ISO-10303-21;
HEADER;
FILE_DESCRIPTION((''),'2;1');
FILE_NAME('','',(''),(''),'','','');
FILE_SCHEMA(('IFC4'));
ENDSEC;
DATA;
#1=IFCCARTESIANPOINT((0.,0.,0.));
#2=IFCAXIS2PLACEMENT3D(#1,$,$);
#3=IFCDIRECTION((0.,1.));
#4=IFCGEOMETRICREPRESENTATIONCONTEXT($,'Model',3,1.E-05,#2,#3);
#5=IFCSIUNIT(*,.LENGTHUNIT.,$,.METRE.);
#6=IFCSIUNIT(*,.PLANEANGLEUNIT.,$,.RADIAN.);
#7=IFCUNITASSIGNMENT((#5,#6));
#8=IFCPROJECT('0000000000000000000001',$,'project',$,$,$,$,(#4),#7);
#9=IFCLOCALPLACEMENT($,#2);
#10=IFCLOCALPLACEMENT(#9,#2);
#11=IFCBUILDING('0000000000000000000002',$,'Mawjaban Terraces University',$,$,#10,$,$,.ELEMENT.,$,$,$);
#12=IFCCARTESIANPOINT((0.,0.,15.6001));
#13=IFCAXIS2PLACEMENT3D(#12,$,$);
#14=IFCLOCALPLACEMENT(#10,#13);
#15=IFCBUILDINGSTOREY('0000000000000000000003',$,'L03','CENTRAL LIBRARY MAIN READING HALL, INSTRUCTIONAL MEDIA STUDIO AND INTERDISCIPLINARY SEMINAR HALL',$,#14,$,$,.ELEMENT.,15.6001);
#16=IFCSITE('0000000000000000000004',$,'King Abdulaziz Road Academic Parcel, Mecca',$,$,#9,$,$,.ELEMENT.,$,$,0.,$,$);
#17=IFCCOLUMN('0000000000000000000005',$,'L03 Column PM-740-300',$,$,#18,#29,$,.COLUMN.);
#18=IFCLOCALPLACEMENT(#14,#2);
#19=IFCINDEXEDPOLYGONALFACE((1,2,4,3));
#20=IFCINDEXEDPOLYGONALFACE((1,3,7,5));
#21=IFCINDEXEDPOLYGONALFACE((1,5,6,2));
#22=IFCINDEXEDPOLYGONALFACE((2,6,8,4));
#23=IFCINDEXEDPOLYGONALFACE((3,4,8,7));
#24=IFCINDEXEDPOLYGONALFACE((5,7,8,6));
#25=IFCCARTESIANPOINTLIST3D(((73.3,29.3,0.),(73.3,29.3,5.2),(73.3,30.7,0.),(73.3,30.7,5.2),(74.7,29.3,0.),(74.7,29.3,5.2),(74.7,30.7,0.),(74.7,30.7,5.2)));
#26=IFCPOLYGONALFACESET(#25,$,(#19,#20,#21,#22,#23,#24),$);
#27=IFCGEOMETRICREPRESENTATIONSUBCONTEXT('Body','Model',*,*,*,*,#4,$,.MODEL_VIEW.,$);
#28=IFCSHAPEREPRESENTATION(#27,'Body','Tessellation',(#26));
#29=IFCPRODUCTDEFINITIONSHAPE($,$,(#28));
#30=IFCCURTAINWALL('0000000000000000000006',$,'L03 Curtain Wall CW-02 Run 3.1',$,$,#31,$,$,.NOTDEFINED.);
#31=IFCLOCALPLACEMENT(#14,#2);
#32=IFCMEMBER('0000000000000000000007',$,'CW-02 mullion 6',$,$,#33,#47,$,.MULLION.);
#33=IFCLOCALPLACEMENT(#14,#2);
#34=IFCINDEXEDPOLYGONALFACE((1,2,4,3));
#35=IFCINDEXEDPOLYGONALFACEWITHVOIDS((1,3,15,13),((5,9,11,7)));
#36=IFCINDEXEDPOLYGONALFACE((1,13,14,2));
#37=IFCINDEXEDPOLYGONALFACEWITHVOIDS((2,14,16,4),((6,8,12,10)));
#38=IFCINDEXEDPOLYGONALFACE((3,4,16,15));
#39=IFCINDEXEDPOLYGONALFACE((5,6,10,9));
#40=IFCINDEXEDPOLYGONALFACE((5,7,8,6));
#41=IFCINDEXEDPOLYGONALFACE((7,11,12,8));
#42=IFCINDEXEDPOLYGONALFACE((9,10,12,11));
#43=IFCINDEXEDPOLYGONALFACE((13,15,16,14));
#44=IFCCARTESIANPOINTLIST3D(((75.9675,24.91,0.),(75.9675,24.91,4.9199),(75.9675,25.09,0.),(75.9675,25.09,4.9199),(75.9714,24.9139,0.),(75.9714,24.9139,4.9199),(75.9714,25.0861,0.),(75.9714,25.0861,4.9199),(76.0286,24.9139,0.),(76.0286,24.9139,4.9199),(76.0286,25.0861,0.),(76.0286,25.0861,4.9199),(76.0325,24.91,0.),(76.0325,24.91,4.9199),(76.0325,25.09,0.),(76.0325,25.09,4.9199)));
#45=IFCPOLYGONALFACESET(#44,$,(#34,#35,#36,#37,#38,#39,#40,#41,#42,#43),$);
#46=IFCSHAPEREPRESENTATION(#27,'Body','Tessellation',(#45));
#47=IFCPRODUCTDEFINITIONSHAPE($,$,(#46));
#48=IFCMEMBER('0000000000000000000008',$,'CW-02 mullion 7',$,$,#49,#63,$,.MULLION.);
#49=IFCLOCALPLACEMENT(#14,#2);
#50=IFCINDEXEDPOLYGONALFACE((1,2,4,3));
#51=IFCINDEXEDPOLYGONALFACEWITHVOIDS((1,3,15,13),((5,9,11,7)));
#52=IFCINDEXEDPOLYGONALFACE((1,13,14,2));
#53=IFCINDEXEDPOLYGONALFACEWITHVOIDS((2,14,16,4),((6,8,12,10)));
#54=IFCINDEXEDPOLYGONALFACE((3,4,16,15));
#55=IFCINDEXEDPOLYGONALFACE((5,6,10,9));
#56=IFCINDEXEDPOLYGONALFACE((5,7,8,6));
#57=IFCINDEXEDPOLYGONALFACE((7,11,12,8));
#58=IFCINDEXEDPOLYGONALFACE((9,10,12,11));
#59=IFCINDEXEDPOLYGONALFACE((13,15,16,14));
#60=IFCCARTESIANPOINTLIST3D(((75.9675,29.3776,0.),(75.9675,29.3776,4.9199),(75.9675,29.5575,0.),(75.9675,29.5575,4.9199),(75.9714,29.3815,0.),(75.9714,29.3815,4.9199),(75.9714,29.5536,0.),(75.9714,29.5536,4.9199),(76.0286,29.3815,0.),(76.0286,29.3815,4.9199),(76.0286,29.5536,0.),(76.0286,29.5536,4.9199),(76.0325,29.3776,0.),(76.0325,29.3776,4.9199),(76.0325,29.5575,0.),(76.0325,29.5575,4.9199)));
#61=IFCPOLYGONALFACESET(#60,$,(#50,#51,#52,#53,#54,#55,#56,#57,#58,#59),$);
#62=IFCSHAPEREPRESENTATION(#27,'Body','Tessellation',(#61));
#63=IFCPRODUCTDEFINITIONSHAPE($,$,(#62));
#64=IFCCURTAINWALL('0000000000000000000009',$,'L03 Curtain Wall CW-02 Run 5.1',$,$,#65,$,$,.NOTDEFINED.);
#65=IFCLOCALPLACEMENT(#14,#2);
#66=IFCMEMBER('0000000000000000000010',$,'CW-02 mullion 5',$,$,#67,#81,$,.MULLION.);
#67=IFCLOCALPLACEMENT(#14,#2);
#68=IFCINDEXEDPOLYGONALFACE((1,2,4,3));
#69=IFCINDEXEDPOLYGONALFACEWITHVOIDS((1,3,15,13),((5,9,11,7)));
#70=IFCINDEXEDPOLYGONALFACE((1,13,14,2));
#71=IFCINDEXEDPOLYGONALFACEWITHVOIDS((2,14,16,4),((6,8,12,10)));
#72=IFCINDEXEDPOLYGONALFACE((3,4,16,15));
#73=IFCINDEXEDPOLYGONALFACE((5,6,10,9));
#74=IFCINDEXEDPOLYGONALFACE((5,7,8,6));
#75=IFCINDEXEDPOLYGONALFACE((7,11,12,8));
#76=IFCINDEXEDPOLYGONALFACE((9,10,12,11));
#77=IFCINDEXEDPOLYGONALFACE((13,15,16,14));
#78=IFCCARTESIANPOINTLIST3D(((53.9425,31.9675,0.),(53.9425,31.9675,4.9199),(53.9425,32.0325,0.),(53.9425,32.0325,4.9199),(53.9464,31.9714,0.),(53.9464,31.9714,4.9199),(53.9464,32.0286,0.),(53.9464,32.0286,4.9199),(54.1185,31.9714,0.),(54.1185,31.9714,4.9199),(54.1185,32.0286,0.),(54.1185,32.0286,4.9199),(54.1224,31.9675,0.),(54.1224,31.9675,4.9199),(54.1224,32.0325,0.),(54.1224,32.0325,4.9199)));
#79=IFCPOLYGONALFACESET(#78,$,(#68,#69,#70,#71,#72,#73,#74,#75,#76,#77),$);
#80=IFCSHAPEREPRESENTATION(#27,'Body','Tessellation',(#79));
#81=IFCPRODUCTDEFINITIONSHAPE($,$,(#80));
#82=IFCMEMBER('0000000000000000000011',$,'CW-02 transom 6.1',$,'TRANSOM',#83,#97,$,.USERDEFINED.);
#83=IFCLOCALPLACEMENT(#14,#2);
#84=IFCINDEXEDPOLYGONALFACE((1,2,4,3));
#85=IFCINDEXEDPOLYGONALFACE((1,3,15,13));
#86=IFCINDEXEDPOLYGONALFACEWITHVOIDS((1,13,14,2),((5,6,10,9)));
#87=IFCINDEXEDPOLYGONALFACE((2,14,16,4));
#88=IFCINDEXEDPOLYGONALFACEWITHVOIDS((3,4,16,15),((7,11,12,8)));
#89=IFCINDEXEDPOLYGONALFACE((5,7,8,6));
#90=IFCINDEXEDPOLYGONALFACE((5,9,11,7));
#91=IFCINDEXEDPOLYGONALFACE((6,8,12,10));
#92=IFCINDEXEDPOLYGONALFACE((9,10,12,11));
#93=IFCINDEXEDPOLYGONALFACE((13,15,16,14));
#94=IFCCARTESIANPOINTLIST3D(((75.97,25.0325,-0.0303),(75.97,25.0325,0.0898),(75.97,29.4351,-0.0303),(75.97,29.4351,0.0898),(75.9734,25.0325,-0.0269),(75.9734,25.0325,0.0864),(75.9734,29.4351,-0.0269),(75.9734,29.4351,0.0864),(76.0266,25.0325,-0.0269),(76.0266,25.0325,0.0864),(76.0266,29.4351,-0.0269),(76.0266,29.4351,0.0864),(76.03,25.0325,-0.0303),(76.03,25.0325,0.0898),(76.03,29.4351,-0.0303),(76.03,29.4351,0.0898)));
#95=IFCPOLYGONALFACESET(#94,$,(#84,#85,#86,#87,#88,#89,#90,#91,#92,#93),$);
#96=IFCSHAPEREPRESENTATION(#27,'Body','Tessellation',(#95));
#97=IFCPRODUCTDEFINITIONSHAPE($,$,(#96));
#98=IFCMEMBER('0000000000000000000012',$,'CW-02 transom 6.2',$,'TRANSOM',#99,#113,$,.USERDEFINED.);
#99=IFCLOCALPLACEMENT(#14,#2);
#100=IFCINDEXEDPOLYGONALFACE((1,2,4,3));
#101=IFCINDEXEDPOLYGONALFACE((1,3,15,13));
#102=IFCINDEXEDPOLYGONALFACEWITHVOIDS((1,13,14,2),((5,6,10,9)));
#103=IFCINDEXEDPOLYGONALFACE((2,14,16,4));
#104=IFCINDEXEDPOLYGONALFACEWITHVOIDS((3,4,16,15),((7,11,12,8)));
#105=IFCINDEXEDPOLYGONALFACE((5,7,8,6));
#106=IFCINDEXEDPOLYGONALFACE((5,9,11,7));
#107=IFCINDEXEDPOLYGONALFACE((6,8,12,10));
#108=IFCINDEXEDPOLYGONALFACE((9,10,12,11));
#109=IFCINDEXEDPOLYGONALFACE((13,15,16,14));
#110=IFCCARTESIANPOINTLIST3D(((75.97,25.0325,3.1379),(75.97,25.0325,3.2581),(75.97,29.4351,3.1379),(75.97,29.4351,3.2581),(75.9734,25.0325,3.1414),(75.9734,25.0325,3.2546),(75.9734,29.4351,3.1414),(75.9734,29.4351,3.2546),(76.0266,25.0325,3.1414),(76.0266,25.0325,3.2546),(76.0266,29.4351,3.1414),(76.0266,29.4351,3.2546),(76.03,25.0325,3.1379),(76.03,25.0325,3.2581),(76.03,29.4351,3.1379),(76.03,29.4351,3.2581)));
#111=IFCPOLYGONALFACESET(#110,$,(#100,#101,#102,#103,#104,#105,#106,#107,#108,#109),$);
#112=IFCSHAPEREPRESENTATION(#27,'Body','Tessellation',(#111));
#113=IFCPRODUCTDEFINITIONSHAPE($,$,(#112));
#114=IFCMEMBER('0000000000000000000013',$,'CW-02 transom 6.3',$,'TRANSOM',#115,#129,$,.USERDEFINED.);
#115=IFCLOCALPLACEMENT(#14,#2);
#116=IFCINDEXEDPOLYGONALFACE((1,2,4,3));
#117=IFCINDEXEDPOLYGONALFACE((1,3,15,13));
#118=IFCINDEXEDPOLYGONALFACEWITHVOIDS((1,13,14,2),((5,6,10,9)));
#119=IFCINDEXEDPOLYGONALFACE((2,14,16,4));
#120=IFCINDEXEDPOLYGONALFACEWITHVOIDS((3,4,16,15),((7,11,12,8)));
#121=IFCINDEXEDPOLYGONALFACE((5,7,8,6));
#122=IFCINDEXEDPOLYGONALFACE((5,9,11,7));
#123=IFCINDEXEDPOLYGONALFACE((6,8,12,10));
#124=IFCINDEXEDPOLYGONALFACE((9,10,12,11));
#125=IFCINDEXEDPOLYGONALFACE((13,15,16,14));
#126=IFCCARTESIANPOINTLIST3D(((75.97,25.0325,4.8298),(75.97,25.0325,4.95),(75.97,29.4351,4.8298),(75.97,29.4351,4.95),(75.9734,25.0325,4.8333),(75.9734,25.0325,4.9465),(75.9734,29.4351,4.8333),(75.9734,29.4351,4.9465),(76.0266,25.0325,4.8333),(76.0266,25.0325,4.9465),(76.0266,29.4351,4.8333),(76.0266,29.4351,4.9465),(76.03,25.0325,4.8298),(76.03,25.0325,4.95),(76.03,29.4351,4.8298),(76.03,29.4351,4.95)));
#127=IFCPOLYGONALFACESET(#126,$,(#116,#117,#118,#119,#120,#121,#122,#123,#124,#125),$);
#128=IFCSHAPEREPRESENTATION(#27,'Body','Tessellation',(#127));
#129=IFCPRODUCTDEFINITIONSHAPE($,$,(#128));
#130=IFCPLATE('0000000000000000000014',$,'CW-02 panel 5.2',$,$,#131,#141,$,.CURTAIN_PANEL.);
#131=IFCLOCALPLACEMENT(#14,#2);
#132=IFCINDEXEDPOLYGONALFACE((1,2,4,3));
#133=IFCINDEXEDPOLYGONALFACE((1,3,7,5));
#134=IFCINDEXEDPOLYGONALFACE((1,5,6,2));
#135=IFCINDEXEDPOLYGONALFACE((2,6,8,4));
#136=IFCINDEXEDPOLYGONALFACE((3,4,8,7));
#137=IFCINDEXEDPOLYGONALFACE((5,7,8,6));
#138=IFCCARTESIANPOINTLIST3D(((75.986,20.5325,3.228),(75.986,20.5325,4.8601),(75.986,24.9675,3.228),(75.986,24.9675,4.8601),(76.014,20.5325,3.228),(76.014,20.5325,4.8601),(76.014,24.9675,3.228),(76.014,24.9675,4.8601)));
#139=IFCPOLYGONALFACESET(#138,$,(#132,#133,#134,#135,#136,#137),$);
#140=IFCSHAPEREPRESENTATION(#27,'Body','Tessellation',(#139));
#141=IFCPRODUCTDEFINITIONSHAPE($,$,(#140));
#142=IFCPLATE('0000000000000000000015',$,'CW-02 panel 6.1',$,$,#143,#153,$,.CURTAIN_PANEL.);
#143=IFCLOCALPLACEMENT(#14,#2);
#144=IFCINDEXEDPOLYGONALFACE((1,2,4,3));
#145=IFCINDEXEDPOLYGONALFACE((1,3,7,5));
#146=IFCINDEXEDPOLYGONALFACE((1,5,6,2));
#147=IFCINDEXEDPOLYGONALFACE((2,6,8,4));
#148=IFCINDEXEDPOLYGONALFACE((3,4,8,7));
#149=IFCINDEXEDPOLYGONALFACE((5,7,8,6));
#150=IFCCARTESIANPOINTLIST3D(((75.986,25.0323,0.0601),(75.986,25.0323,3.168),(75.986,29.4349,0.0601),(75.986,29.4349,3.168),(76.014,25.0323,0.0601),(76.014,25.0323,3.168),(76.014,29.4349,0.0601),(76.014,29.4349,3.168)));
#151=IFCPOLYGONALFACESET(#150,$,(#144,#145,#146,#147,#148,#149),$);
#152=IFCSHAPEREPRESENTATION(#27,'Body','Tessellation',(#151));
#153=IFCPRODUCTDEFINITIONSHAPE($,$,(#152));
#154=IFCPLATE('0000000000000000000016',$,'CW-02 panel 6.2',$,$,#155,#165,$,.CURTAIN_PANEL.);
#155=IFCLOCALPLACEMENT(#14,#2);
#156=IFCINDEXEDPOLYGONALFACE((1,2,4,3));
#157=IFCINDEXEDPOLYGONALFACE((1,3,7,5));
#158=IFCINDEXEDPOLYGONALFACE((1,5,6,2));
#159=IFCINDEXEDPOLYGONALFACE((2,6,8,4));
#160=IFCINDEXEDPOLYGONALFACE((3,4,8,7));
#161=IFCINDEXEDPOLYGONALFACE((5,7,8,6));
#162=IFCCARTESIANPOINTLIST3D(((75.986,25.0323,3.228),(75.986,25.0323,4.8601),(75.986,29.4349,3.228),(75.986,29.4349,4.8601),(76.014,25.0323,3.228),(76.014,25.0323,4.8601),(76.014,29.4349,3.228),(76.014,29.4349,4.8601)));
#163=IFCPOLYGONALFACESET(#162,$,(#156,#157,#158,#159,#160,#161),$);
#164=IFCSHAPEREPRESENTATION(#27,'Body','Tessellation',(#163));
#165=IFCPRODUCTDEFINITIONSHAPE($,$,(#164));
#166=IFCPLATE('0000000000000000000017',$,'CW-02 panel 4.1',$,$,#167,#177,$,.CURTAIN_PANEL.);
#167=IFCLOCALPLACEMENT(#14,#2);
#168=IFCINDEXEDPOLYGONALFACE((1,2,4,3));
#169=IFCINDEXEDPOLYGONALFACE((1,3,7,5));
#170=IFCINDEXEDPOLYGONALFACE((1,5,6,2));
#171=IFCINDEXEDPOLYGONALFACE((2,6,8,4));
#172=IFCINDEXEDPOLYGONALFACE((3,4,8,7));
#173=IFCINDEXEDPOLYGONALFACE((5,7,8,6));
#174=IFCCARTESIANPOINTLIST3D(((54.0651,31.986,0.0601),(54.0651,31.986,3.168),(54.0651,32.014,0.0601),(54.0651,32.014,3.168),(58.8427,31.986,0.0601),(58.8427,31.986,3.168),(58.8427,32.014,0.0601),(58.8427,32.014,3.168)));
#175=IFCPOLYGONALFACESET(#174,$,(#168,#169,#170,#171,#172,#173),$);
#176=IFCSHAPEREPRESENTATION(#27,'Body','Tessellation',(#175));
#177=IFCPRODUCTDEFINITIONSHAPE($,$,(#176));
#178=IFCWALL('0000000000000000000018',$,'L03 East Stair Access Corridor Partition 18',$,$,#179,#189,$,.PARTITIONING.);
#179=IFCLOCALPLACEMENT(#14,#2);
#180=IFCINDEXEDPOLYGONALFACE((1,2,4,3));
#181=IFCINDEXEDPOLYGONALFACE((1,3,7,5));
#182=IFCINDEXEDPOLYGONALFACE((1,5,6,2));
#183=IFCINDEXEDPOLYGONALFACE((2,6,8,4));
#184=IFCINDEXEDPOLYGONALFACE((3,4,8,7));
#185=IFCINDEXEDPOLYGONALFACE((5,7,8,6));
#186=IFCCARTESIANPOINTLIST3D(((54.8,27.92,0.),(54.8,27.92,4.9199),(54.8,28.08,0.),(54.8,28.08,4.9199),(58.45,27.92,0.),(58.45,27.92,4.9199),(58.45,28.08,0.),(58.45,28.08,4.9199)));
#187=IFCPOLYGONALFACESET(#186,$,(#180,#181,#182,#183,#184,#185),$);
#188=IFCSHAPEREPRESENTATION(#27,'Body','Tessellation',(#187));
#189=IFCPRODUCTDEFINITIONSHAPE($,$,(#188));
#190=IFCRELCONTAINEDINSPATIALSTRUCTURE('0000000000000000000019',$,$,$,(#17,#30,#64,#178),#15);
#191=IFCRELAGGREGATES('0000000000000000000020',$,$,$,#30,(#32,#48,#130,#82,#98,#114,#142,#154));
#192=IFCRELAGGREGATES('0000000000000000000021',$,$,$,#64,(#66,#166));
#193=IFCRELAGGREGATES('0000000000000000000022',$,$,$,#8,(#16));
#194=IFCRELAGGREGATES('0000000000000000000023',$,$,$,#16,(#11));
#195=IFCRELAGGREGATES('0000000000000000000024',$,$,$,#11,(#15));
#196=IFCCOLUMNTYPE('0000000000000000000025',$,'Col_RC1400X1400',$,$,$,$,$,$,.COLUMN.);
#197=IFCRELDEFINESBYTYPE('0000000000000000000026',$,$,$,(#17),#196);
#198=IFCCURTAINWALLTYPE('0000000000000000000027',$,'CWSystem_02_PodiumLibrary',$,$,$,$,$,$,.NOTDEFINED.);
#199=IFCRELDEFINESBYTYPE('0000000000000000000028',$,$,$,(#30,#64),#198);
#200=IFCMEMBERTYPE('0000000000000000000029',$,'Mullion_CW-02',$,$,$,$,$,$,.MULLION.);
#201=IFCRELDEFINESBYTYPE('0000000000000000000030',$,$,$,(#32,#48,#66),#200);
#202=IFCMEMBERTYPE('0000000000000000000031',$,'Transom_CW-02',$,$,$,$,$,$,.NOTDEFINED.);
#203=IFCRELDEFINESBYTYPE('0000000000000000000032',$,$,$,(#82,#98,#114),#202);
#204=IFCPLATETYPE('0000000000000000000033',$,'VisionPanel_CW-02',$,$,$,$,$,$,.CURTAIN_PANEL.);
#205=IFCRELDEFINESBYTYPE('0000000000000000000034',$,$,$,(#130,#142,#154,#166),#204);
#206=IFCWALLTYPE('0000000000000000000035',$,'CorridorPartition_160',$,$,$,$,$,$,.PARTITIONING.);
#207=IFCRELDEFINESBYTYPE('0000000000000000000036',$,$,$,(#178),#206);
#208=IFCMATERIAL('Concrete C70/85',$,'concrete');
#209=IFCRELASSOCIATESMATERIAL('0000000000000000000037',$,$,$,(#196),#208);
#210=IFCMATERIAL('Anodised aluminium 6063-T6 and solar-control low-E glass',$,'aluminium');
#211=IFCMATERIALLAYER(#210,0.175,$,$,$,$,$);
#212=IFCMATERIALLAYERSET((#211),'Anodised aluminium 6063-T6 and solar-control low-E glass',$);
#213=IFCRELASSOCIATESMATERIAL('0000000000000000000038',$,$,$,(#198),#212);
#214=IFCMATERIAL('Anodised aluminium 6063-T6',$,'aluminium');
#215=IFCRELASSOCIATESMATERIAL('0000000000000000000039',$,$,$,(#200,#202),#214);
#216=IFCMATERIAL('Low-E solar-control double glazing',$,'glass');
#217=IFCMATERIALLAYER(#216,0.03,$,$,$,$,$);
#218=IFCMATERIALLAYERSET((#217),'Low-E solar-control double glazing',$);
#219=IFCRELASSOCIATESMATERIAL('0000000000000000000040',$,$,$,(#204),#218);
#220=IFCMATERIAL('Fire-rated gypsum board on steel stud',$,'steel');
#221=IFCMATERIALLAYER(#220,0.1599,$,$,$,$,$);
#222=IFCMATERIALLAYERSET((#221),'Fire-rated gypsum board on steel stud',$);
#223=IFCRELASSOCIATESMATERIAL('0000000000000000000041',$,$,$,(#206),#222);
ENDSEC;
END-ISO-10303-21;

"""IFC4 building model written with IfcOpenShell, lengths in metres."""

from ifc_helpers import new_model, si_unit, direction, frame, frame_2d, origin, origin_2d, place, context, subcontext, project, spatial, rectangle, hollow_rectangle, extrude, material, layer, layer_set, material_profile, profile_set, type_object, element, aggregate, save


model = new_model("IFC4")

# Units and contexts
model_context = context("Model", 3, precision=1e-05, world=origin(), true_north=direction((0.0, 1.0)))
body_context = subcontext(model_context, "Body", "Model", "MODEL_VIEW")
ifc_project = project(units=[si_unit("LENGTHUNIT", "METRE"), si_unit("PLANEANGLEUNIT", "RADIAN")], contexts=[model_context])

# Site, building, storey
site_placement = place(None, origin())
site = spatial("IfcSite", under=ifc_project, at=site_placement, Name="King Abdulaziz Road Academic Parcel, Mecca", CompositionType="ELEMENT", RefElevation=0.0)
building_placement = place(site_placement, origin())
building = spatial("IfcBuilding", under=site, at=building_placement, Name="Mawjaban Terraces University", CompositionType="ELEMENT")
storey_placement = place(building_placement, frame((0.0, 0.0, 15.6001)))
storey = spatial("IfcBuildingStorey", under=building, at=storey_placement, Name="L03", Description="CENTRAL LIBRARY MAIN READING HALL, INSTRUCTIONAL MEDIA STUDIO AND INTERDISCIPLINARY SEMINAR HALL", CompositionType="ELEMENT", Elevation=15.6001)

# Column
ifc_material_1 = material(Name="Concrete C70/85", Category="concrete")
ifc_material_profile_1 = material_profile(ifc_material_1, rectangle(XDim=1.3999, YDim=1.3999, at=origin_2d()), Name="RC1400X1400")
ifc_profile_set_1 = profile_set([ifc_material_profile_1], Name="Concrete C70/85")
column_type = type_object("IfcColumnType", Name="Col_RC1400X1400", PredefinedType="COLUMN", material=ifc_profile_set_1)
column_placement = place(storey_placement, frame((74.0, 30.0, 0.0), z_axis=(0.0, 0.0, 1.0), x_axis=(1.0, 0.0, 0.0)))
element("IfcColumn", 1, at=column_placement, inside=storey, type_object=column_type, Name="L03 Column PM-740-300", PredefinedType="COLUMN", context=body_context, shape_type="SweptSolid", body=[
    extrude(rectangle(XDim=1.3999, YDim=1.3999, at=origin_2d()), origin(), (0.0, 0.0, 1.0), 5.2),
])

# Curtain wall, members
ifc_material_2 = material(Name="Anodised aluminium 6063-T6 and solar-control low-E glass", Category="aluminium")
ifc_layer_1 = layer(ifc_material_2, 0.175)
ifc_layer_set_1 = layer_set([ifc_layer_1], Name="Anodised aluminium 6063-T6 and solar-control low-E glass")
curtain_wall_type = type_object("IfcCurtainWallType", Name="CWSystem_02_PodiumLibrary", PredefinedType="NOTDEFINED", material=ifc_layer_set_1)
curtain_wall_1_placement = place(storey_placement, origin())
curtain_wall_1 = element("IfcCurtainWall", 2, at=curtain_wall_1_placement, inside=storey, type_object=curtain_wall_type, Name="L03 Curtain Wall CW-02 Run 3.1", PredefinedType="NOTDEFINED")
ifc_material_3 = material(Name="Anodised aluminium 6063-T6", Category="aluminium")
ifc_material_profile_2 = material_profile(ifc_material_3, hollow_rectangle(XDim=0.0649, YDim=0.1799, WallThickness=0.0039, at=origin_2d()), Name="ALU180X65X4")
ifc_profile_set_2 = profile_set([ifc_material_profile_2], Name="Anodised aluminium 6063-T6")
member_type_1 = type_object("IfcMemberType", Name="Mullion_CW-02", PredefinedType="MULLION", material=ifc_profile_set_2)
member_1_placement = place(storey_placement, frame((76.0, 25.0, 0.0), z_axis=(0.0, 0.0, 1.0), x_axis=(-1.0, 0.0, 0.0)))
member_1 = element("IfcMember", 3, at=member_1_placement, type_object=member_type_1, Name="CW-02 mullion 6", PredefinedType="MULLION", context=body_context, shape_type="SweptSolid", body=[
    extrude(hollow_rectangle(XDim=0.0649, YDim=0.1799, WallThickness=0.0039, at=origin_2d()), origin(), (0.0, 0.0, 1.0), 4.9199),
])
member_2_placement = place(storey_placement, frame((76.0, 29.4675, 0.0), z_axis=(0.0, 0.0, 1.0), x_axis=(-1.0, 0.0, 0.0)))
member_2 = element("IfcMember", 4, at=member_2_placement, type_object=member_type_1, Name="CW-02 mullion 7", PredefinedType="MULLION", context=body_context, shape_type="SweptSolid", body=[
    extrude(hollow_rectangle(XDim=0.0649, YDim=0.1799, WallThickness=0.0039, at=origin_2d()), origin(), (0.0, 0.0, 1.0), 4.9199),
])

# Curtain wall, member
curtain_wall_2_placement = place(storey_placement, origin())
curtain_wall_2 = element("IfcCurtainWall", 5, at=curtain_wall_2_placement, inside=storey, type_object=curtain_wall_type, Name="L03 Curtain Wall CW-02 Run 5.1", PredefinedType="NOTDEFINED")
member_3_placement = place(storey_placement, frame((54.0325, 32.0, 0.0), z_axis=(0.0, 0.0, 1.0), x_axis=(0.0, -1.0, 0.0)))
member_3 = element("IfcMember", 6, at=member_3_placement, type_object=member_type_1, Name="CW-02 mullion 5", PredefinedType="MULLION", context=body_context, shape_type="SweptSolid", body=[
    extrude(hollow_rectangle(XDim=0.0649, YDim=0.1799, WallThickness=0.0039, at=origin_2d()), origin(), (0.0, 0.0, 1.0), 4.9199),
])

# Members
ifc_material_profile_3 = material_profile(ifc_material_3, hollow_rectangle(XDim=0.0601, YDim=0.1201, WallThickness=0.0034, at=origin_2d()), Name="ALU120X60X3.5")
ifc_profile_set_3 = profile_set([ifc_material_profile_3], Name="Anodised aluminium 6063-T6")
member_type_2 = type_object("IfcMemberType", Name="Transom_CW-02", PredefinedType="NOTDEFINED", material=ifc_profile_set_3)
member_4_placement = place(storey_placement, frame((76.0, 25.0325, 0.0298), z_axis=(0.0, 1.0, 0.0), x_axis=(-1.0, 0.0, 0.0)))
member_4 = element("IfcMember", 7, at=member_4_placement, type_object=member_type_2, Name="CW-02 transom 6.1", ObjectType="TRANSOM", PredefinedType="USERDEFINED", context=body_context, shape_type="SweptSolid", body=[
    extrude(hollow_rectangle(XDim=0.0601, YDim=0.1201, WallThickness=0.0034, at=origin_2d()), origin(), (0.0, 0.0, 1.0), 4.4026),
])
member_5_placement = place(storey_placement, frame((76.0, 25.0325, 3.198), z_axis=(0.0, 1.0, 0.0), x_axis=(-1.0, 0.0, 0.0)))
member_5 = element("IfcMember", 8, at=member_5_placement, type_object=member_type_2, Name="CW-02 transom 6.2", ObjectType="TRANSOM", PredefinedType="USERDEFINED", context=body_context, shape_type="SweptSolid", body=[
    extrude(hollow_rectangle(XDim=0.0601, YDim=0.1201, WallThickness=0.0034, at=origin_2d()), origin(), (0.0, 0.0, 1.0), 4.4026),
])
member_6_placement = place(storey_placement, frame((76.0, 25.0325, 4.8899), z_axis=(0.0, 1.0, 0.0), x_axis=(-1.0, 0.0, 0.0)))
member_6 = element("IfcMember", 9, at=member_6_placement, type_object=member_type_2, Name="CW-02 transom 6.3", ObjectType="TRANSOM", PredefinedType="USERDEFINED", context=body_context, shape_type="SweptSolid", body=[
    extrude(hollow_rectangle(XDim=0.0601, YDim=0.1201, WallThickness=0.0034, at=origin_2d()), origin(), (0.0, 0.0, 1.0), 4.4026),
])

# Plates
ifc_material_4 = material(Name="Low-E solar-control double glazing", Category="glass")
ifc_layer_2 = layer(ifc_material_4, 0.03)
ifc_layer_set_2 = layer_set([ifc_layer_2], Name="Low-E solar-control double glazing")
plate_type = type_object("IfcPlateType", Name="VisionPanel_CW-02", PredefinedType="CURTAIN_PANEL", material=ifc_layer_set_2)
plate_1_placement = place(storey_placement, frame((76.0, 22.75, 3.228), z_axis=(0.0, 0.0, 1.0), x_axis=(0.0, 1.0, 0.0)))
plate_1 = element("IfcPlate", 10, at=plate_1_placement, type_object=plate_type, Name="CW-02 panel 5.2", PredefinedType="CURTAIN_PANEL", context=body_context, shape_type="SweptSolid", body=[
    extrude(rectangle(XDim=4.4351, YDim=0.0281, at=origin_2d()), origin(), (0.0, 0.0, 1.0), 1.6321),
])
plate_2_placement = place(storey_placement, frame((76.0, 27.2336, 0.0601), z_axis=(0.0, 0.0, 1.0), x_axis=(0.0, 1.0, 0.0)))
plate_2 = element("IfcPlate", 11, at=plate_2_placement, type_object=plate_type, Name="CW-02 panel 6.1", PredefinedType="CURTAIN_PANEL", context=body_context, shape_type="SweptSolid", body=[
    extrude(rectangle(XDim=4.4026, YDim=0.0281, at=origin_2d()), origin(), (0.0, 0.0, 1.0), 3.1079),
])
plate_3_placement = place(storey_placement, frame((76.0, 27.2336, 3.228), z_axis=(0.0, 0.0, 1.0), x_axis=(0.0, 1.0, 0.0)))
plate_3 = element("IfcPlate", 12, at=plate_3_placement, type_object=plate_type, Name="CW-02 panel 6.2", PredefinedType="CURTAIN_PANEL", context=body_context, shape_type="SweptSolid", body=[
    extrude(rectangle(XDim=4.4026, YDim=0.0281, at=origin_2d()), origin(), (0.0, 0.0, 1.0), 1.6321),
])
aggregate(curtain_wall_1, [member_1, member_2, plate_1, member_4, member_5, member_6, plate_2, plate_3])
plate_4_placement = place(storey_placement, frame((56.4539, 32.0, 0.0601), z_axis=(0.0, 0.0, 1.0), x_axis=(-1.0, 0.0, 0.0)))
plate_4 = element("IfcPlate", 13, at=plate_4_placement, type_object=plate_type, Name="CW-02 panel 4.1", PredefinedType="CURTAIN_PANEL", context=body_context, shape_type="SweptSolid", body=[
    extrude(rectangle(XDim=4.7776, YDim=0.0281, at=origin_2d()), origin(), (0.0, 0.0, 1.0), 3.1079),
])
aggregate(curtain_wall_2, [member_3, plate_4])

# Wall
ifc_material_5 = material(Name="Fire-rated gypsum board on steel stud", Category="steel")
ifc_layer_3 = layer(ifc_material_5, 0.1599)
ifc_layer_set_3 = layer_set([ifc_layer_3], Name="Fire-rated gypsum board on steel stud")
wall_type_1 = type_object("IfcWallType", Name="CorridorPartition_160", PredefinedType="PARTITIONING", material=ifc_layer_set_3)
wall_1_placement = place(storey_placement, frame((58.45, 28.0, 0.0), z_axis=(0.0, 0.0, 1.0), x_axis=(-1.0, 0.0, 0.0)))
element("IfcWall", 14, at=wall_1_placement, inside=storey, type_object=wall_type_1, Name="L03 East Stair Access Corridor Partition 18", PredefinedType="PARTITIONING", context=body_context, shape_type="SweptSolid", body=[
    extrude(rectangle(XDim=3.6499, YDim=0.1599, at=frame_2d((1.825, 0.0))), origin(), (0.0, 0.0, 1.0), 4.9199),
])

save(model, "model.ifc")
